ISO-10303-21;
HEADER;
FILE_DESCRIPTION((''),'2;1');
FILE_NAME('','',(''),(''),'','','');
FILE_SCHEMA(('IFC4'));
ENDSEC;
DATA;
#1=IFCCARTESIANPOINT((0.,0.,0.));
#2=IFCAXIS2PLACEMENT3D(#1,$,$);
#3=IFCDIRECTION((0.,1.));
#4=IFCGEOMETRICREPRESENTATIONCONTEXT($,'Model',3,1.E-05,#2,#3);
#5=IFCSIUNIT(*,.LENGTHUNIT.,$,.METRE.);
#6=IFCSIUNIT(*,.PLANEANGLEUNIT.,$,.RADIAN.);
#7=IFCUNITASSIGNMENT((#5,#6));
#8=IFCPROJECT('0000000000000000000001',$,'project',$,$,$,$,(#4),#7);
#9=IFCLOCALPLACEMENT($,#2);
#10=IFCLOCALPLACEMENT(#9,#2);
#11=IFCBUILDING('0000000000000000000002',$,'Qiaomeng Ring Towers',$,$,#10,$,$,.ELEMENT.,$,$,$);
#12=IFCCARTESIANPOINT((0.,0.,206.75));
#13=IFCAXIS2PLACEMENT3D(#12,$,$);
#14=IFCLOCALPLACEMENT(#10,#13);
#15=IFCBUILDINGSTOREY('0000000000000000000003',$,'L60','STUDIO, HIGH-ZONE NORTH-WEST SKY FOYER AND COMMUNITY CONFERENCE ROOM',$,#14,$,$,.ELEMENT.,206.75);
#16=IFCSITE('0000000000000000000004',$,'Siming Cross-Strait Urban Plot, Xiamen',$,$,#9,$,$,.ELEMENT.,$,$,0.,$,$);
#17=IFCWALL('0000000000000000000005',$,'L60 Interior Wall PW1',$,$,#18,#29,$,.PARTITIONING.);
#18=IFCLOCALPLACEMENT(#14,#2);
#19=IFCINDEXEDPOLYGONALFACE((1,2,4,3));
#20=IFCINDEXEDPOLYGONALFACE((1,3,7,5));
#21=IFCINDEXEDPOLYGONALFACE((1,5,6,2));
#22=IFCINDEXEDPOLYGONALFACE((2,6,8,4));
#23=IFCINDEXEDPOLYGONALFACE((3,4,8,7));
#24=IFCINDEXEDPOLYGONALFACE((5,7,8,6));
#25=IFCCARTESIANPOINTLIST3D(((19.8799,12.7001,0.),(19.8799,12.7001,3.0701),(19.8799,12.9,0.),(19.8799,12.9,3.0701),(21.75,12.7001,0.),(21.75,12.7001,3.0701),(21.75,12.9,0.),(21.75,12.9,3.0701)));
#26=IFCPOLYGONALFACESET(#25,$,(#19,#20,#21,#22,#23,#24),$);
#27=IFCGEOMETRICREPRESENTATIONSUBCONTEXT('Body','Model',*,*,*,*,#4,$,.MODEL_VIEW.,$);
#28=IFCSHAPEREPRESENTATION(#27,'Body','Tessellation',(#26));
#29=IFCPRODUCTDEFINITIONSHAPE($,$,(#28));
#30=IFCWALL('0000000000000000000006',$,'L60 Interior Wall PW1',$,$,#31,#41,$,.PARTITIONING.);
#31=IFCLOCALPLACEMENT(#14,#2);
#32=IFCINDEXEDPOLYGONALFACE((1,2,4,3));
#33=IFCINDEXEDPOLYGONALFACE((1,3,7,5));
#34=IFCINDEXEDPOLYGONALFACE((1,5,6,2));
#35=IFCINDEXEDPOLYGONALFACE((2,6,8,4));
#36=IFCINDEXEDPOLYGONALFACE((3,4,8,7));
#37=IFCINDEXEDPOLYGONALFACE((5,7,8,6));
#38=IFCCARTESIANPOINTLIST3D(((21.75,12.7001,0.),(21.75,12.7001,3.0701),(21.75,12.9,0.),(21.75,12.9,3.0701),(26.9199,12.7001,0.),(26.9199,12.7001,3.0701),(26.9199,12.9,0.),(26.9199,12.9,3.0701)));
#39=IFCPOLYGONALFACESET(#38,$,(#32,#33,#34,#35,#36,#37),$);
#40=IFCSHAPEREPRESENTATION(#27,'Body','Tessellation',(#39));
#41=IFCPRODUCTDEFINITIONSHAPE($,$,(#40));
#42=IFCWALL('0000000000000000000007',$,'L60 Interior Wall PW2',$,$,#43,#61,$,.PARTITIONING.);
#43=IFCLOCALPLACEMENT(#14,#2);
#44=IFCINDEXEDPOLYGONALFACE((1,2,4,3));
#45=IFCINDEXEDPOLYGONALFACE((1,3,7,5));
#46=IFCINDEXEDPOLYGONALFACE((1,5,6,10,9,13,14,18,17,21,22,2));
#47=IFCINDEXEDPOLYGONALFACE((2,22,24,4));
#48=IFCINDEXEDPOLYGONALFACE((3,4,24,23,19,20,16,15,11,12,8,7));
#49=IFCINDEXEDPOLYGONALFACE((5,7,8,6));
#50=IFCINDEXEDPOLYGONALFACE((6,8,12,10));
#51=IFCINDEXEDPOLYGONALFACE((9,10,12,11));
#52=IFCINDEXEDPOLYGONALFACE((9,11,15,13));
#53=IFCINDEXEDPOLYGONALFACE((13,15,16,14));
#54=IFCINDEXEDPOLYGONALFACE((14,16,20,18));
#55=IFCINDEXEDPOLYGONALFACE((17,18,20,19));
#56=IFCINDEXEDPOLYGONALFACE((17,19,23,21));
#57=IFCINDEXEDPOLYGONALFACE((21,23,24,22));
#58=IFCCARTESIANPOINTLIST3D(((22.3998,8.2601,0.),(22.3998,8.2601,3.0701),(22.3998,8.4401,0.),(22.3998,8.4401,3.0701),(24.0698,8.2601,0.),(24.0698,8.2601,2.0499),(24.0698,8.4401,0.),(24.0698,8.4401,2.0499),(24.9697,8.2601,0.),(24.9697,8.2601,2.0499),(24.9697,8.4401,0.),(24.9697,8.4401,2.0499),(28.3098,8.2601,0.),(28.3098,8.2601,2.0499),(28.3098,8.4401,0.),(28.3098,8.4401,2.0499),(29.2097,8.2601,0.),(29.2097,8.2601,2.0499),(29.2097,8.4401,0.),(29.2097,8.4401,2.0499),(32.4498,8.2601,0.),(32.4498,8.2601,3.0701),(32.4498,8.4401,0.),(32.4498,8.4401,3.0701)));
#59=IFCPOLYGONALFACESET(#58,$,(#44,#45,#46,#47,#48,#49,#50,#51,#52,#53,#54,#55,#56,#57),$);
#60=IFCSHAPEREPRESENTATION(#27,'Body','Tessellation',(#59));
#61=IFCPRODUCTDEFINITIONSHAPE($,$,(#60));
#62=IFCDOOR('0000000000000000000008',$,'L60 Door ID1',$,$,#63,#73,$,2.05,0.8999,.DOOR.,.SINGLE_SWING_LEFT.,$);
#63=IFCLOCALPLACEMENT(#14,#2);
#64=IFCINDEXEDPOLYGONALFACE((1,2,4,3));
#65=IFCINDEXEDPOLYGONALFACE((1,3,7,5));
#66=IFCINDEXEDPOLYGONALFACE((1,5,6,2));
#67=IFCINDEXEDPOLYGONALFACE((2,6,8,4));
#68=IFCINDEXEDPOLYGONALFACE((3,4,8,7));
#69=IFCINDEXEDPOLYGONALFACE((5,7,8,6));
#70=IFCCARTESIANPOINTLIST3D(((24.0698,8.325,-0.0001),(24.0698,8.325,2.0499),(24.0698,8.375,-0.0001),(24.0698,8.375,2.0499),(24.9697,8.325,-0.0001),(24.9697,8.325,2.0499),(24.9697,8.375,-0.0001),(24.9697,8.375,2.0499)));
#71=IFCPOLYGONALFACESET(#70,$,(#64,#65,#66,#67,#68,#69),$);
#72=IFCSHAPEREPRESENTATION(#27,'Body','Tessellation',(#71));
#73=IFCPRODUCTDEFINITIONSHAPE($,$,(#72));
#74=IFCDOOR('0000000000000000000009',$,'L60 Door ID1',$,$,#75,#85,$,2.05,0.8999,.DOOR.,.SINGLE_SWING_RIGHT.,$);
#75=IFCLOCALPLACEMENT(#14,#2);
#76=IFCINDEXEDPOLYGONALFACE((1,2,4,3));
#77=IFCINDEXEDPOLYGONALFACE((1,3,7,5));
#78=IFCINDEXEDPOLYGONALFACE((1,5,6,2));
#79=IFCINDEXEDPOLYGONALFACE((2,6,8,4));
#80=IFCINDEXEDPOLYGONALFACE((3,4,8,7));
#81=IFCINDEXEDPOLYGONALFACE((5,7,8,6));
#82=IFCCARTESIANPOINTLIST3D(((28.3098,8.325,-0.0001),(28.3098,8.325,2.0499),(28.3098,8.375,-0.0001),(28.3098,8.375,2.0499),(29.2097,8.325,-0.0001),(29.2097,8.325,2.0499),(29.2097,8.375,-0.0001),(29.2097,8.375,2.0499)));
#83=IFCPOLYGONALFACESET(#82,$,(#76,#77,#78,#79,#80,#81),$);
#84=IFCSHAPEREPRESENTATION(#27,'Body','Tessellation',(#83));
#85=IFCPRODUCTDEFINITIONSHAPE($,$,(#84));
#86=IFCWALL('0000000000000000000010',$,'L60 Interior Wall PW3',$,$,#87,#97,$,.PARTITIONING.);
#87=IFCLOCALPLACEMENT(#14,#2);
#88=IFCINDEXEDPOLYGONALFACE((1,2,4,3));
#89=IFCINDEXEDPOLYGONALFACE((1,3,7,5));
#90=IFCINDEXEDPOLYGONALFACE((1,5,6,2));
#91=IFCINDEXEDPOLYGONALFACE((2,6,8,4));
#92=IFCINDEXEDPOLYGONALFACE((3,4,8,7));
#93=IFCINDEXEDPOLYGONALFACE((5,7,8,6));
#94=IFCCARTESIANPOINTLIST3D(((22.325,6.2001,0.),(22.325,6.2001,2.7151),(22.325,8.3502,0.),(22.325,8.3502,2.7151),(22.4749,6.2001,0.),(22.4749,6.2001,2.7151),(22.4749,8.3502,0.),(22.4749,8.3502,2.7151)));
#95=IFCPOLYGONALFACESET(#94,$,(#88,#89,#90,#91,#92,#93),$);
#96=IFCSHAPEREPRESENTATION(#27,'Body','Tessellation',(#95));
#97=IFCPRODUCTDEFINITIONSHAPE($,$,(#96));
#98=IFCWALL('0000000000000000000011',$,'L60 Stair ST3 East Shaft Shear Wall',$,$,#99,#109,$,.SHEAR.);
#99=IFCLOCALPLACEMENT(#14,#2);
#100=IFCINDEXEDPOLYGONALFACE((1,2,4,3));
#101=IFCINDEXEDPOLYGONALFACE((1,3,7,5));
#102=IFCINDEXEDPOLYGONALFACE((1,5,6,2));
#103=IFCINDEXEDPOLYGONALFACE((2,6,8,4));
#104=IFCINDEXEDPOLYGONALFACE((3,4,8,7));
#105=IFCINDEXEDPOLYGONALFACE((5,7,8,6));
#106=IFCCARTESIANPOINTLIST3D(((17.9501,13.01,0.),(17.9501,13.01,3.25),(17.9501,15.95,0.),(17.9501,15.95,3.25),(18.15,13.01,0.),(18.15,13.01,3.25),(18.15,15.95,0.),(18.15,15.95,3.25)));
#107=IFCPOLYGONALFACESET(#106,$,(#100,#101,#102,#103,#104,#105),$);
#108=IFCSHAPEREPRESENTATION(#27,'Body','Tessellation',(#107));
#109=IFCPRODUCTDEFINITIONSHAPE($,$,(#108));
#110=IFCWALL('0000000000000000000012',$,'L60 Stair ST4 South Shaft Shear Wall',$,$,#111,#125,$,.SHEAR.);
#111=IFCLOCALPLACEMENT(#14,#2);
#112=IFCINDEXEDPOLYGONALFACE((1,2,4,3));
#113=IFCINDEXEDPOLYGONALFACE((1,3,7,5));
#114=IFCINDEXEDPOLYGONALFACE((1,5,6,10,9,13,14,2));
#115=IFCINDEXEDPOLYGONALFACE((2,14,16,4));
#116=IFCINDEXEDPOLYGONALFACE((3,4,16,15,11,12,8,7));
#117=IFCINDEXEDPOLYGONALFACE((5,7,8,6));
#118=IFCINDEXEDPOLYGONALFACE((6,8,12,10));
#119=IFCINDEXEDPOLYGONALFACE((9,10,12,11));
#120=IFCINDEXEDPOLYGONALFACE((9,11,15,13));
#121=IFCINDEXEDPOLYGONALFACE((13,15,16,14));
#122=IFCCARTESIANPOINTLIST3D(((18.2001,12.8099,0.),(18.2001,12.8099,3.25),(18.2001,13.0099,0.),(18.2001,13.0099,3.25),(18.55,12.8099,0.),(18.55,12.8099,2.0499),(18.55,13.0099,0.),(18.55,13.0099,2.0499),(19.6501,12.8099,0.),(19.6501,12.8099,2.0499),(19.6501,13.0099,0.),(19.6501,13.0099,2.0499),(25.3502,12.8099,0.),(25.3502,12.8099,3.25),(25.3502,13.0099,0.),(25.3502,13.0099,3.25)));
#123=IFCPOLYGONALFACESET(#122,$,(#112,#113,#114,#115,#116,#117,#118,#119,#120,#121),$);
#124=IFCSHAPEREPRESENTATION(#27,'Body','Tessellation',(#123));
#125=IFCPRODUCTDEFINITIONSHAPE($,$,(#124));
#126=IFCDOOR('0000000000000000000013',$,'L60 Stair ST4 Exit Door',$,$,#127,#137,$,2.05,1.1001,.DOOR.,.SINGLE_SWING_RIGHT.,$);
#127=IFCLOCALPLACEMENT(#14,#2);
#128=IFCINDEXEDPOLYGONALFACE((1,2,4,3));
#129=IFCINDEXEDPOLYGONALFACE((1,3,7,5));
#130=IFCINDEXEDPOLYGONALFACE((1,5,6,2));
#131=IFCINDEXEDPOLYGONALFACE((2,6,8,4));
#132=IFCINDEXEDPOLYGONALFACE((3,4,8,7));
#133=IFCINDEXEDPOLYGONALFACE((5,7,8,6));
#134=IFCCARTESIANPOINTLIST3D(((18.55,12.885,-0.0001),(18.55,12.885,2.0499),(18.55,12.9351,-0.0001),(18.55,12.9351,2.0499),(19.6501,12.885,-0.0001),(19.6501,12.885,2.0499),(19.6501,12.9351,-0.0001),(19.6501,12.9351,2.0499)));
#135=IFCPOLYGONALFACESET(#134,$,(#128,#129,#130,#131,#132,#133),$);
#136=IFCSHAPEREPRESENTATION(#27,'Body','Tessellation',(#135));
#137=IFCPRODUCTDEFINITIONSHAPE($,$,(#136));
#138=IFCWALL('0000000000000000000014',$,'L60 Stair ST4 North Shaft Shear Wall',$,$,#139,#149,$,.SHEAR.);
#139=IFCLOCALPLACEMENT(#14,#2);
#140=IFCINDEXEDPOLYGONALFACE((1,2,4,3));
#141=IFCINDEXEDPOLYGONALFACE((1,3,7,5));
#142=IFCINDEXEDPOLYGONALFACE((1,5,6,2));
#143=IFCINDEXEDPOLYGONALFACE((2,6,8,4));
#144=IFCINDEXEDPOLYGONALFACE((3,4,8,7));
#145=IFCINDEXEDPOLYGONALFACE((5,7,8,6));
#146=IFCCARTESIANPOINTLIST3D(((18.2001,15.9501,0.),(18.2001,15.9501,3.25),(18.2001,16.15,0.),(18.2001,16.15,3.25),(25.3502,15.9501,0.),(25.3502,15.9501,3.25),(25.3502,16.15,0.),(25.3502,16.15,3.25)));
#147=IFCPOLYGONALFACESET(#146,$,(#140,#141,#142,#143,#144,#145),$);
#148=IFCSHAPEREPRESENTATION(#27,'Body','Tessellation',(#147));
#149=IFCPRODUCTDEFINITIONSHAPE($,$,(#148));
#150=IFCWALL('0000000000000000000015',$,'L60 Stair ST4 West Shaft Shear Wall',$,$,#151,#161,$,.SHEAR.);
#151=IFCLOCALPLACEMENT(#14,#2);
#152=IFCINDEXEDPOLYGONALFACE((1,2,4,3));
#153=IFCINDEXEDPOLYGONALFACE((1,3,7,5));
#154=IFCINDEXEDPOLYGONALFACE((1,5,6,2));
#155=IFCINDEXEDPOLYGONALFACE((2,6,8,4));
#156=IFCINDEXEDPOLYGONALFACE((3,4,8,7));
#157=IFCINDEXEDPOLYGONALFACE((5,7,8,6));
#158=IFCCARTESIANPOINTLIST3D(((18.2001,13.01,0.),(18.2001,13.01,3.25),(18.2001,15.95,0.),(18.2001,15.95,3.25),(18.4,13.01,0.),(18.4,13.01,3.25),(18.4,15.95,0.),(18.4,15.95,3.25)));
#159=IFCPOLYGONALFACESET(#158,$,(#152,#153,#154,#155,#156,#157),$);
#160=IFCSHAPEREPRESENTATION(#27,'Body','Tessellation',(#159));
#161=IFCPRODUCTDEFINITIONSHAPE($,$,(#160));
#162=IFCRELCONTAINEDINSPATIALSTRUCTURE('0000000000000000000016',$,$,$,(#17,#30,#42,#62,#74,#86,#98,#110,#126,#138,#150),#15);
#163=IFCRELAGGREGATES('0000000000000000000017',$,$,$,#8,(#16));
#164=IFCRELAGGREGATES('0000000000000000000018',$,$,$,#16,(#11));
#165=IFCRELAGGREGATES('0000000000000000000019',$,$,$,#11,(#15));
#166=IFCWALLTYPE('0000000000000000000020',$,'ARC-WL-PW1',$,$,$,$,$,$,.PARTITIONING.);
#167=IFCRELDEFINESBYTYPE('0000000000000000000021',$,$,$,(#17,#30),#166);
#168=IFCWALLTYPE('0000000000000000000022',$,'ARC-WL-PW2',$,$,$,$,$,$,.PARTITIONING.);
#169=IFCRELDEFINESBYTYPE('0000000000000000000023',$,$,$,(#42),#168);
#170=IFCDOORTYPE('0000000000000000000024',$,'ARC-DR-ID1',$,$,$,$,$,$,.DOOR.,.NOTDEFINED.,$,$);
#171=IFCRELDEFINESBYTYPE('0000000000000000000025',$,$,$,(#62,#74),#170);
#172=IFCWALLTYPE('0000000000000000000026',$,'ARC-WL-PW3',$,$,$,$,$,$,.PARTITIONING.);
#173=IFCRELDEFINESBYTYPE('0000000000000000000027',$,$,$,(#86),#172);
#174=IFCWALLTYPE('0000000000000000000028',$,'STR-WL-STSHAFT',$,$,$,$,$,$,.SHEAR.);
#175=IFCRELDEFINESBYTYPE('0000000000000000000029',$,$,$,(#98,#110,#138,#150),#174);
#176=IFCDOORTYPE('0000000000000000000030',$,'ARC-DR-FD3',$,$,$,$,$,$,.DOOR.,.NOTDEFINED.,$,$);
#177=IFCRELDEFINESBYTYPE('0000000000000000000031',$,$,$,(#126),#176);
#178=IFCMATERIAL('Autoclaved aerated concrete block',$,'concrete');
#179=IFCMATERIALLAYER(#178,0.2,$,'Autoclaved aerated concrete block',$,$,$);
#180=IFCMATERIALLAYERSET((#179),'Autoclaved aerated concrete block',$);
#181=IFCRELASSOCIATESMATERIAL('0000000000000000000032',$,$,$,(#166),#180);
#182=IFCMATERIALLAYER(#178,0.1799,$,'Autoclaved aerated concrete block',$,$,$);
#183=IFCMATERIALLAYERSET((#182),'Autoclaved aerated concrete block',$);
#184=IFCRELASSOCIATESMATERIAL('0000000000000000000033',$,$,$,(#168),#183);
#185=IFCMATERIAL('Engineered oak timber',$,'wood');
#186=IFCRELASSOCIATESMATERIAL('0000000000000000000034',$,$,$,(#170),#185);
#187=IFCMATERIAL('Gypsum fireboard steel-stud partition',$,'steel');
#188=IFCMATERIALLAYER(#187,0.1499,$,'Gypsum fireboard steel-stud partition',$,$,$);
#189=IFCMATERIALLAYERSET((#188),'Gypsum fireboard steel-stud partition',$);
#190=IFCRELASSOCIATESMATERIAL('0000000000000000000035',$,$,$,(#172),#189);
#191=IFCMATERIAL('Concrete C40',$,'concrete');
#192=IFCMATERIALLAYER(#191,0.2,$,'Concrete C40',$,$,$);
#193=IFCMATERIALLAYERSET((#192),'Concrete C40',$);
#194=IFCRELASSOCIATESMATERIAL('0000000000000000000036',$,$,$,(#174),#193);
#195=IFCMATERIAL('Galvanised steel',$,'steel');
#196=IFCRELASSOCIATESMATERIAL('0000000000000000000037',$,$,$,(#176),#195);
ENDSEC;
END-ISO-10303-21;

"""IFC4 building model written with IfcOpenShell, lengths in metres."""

from ifc_helpers import new_model, si_unit, direction, frame, frame_2d, origin, place, context, subcontext, project, spatial, rectangle, extrude, source, transform, mapped, material, layer, layer_set, type_object, element, fill, save


model = new_model("IFC4")

# Units and contexts
model_context = context("Model", 3, precision=1e-05, world=origin(), true_north=direction((0.0, 1.0)))
body_context = subcontext(model_context, "Body", "Model", "MODEL_VIEW")
ifc_project = project(units=[si_unit("LENGTHUNIT", "METRE"), si_unit("PLANEANGLEUNIT", "RADIAN")], contexts=[model_context])

# Site, building, storey
site_placement = place(None, origin())
site = spatial("IfcSite", under=ifc_project, at=site_placement, Name="Siming Cross-Strait Urban Plot, Xiamen", CompositionType="ELEMENT", RefElevation=0.0)
building_placement = place(site_placement, origin())
building = spatial("IfcBuilding", under=site, at=building_placement, Name="Qiaomeng Ring Towers", CompositionType="ELEMENT")
storey_placement = place(building_placement, frame((0.0, 0.0, 206.75)))
storey = spatial("IfcBuildingStorey", under=building, at=storey_placement, Name="L60", Description="STUDIO, HIGH-ZONE NORTH-WEST SKY FOYER AND COMMUNITY CONFERENCE ROOM", CompositionType="ELEMENT", Elevation=206.75)

# Walls
ifc_material_1 = material(Name="Autoclaved aerated concrete block", Category="concrete")
ifc_layer_1 = layer(ifc_material_1, 0.2, Name="Autoclaved aerated concrete block")
ifc_layer_set_1 = layer_set([ifc_layer_1], Name="Autoclaved aerated concrete block")
wall_type_1 = type_object("IfcWallType", Name="ARC-WL-PW1", PredefinedType="PARTITIONING", material=ifc_layer_set_1)
wall_1_placement = place(storey_placement, frame((19.8799, 12.8, 0.0), z_axis=(0.0, 0.0, 1.0), x_axis=(1.0, 0.0, 0.0)))
element("IfcWall", 1, at=wall_1_placement, inside=storey, type_object=wall_type_1, Name="L60 Interior Wall PW1", PredefinedType="PARTITIONING", context=body_context, shape_type="SweptSolid", body=[
    extrude(rectangle(XDim=1.8701, YDim=0.2, at=frame_2d((0.9351, 0.0))), origin(), (0.0, 0.0, 1.0), 3.0701),
])
wall_2_placement = place(storey_placement, frame((21.75, 12.8, 0.0), z_axis=(0.0, 0.0, 1.0), x_axis=(1.0, 0.0, 0.0)))
element("IfcWall", 2, at=wall_2_placement, inside=storey, type_object=wall_type_1, Name="L60 Interior Wall PW1", PredefinedType="PARTITIONING", context=body_context, shape_type="SweptSolid", body=[
    extrude(rectangle(XDim=5.1699, YDim=0.2, at=frame_2d((2.585, 0.0))), origin(), (0.0, 0.0, 1.0), 3.0701),
])

# Wall, openings, doors
ifc_layer_2 = layer(ifc_material_1, 0.1799, Name="Autoclaved aerated concrete block")
ifc_layer_set_2 = layer_set([ifc_layer_2], Name="Autoclaved aerated concrete block")
wall_type_2 = type_object("IfcWallType", Name="ARC-WL-PW2", PredefinedType="PARTITIONING", material=ifc_layer_set_2)
wall_3_placement = place(storey_placement, frame((22.3999, 8.3501, 0.0), z_axis=(0.0, 0.0, 1.0), x_axis=(1.0, 0.0, 0.0)))
wall_3 = element("IfcWall", 3, at=wall_3_placement, inside=storey, type_object=wall_type_2, Name="L60 Interior Wall PW2", PredefinedType="PARTITIONING", context=body_context, shape_type="SweptSolid", body=[
    extrude(rectangle(XDim=10.05, YDim=0.1799, at=frame_2d((5.0249, 0.0))), origin(), (0.0, 0.0, 1.0), 3.0701),
])
opening_1_placement = place(wall_3_placement, frame((1.6699, 0.0, 0.0)))
opening_1 = element("IfcOpeningElement", 4, at=opening_1_placement, cuts=wall_3, PredefinedType="OPENING", context=body_context, shape_type="SweptSolid", body=[
    extrude(rectangle(XDim=0.8999, YDim=2.05, at=frame_2d((0.45, 1.0249))), frame((0.0, 0.0999, 0.0), z_axis=(0.0, -1.0, 0.0), x_axis=(1.0, 0.0, 0.0)), (0.0, 0.0, 1.0), 0.2),
])
opening_2_placement = place(wall_3_placement, frame((5.9099, 0.0, 0.0)))
opening_2 = element("IfcOpeningElement", 5, at=opening_2_placement, cuts=wall_3, PredefinedType="OPENING", context=body_context, shape_type="SweptSolid", body=[
    extrude(rectangle(XDim=0.8999, YDim=2.05, at=frame_2d((0.45, 1.0249))), frame((0.0, 0.0999, 0.0), z_axis=(0.0, -1.0, 0.0), x_axis=(1.0, 0.0, 0.0)), (0.0, 0.0, 1.0), 0.2),
])
ifc_material_2 = material(Name="Engineered oak timber", Category="wood")
door_type_1 = type_object("IfcDoorType", Name="ARC-DR-ID1", OperationType="NOTDEFINED", PredefinedType="DOOR", material=ifc_material_2)
shared_shape_1 = source(origin(), body_context, "Body", "SweptSolid", [
    extrude(rectangle(XDim=0.8999, YDim=2.05, at=frame_2d((0.45, 1.0249))), frame((0.0, 0.0249, 0.0), z_axis=(0.0, -1.0, 0.0), x_axis=(1.0, 0.0, 0.0)), (0.0, 0.0, 1.0), 0.05),
])
door_1_placement = place(opening_1_placement, origin())
door_1 = element("IfcDoor", 6, at=door_1_placement, inside=storey, type_object=door_type_1, Name="L60 Door ID1", OperationType="SINGLE_SWING_LEFT", OverallHeight=2.05, OverallWidth=0.8999, PredefinedType="DOOR", context=body_context, shape_type="MappedRepresentation", body=[
    mapped(shared_shape_1, transform((0.0, 0.0, 0.0), x_axis=(1.0, 0.0, 0.0), y_axis=(0.0, 1.0, 0.0), z_axis=(0.0, 0.0, 1.0), scale=1.0)),
])
fill(opening_1, door_1)
door_2_placement = place(opening_2_placement, origin())
door_2 = element("IfcDoor", 7, at=door_2_placement, inside=storey, type_object=door_type_1, Name="L60 Door ID1", OperationType="SINGLE_SWING_RIGHT", OverallHeight=2.05, OverallWidth=0.8999, PredefinedType="DOOR", context=body_context, shape_type="MappedRepresentation", body=[
    mapped(shared_shape_1, transform((0.0, 0.0, 0.0), x_axis=(1.0, 0.0, 0.0), y_axis=(0.0, 1.0, 0.0), z_axis=(0.0, 0.0, 1.0), scale=1.0)),
])
fill(opening_2, door_2)

# Walls
ifc_material_3 = material(Name="Gypsum fireboard steel-stud partition", Category="steel")
ifc_layer_3 = layer(ifc_material_3, 0.1499, Name="Gypsum fireboard steel-stud partition")
ifc_layer_set_3 = layer_set([ifc_layer_3], Name="Gypsum fireboard steel-stud partition")
wall_type_3 = type_object("IfcWallType", Name="ARC-WL-PW3", PredefinedType="PARTITIONING", material=ifc_layer_set_3)
wall_4_placement = place(storey_placement, frame((22.3999, 6.2, 0.0), z_axis=(0.0, 0.0, 1.0), x_axis=(0.0, 1.0, 0.0)))
element("IfcWall", 8, at=wall_4_placement, inside=storey, type_object=wall_type_3, Name="L60 Interior Wall PW3", PredefinedType="PARTITIONING", context=body_context, shape_type="SweptSolid", body=[
    extrude(rectangle(XDim=2.1501, YDim=0.1499, at=frame_2d((1.0752, 0.0))), origin(), (0.0, 0.0, 1.0), 2.7151),
])
ifc_material_4 = material(Name="Concrete C40", Category="concrete")
ifc_layer_4 = layer(ifc_material_4, 0.2, Name="Concrete C40")
ifc_layer_set_4 = layer_set([ifc_layer_4], Name="Concrete C40")
wall_type_4 = type_object("IfcWallType", Name="STR-WL-STSHAFT", PredefinedType="SHEAR", material=ifc_layer_set_4)
wall_5_placement = place(storey_placement, frame((18.05, 13.01, 0.0), z_axis=(0.0, 0.0, 1.0), x_axis=(0.0, 1.0, 0.0)))
element("IfcWall", 9, at=wall_5_placement, inside=storey, type_object=wall_type_4, Name="L60 Stair ST3 East Shaft Shear Wall", PredefinedType="SHEAR", context=body_context, shape_type="SweptSolid", body=[
    extrude(rectangle(XDim=2.9399, YDim=0.2, at=frame_2d((1.47, 0.0))), origin(), (0.0, 0.0, 1.0), 3.25),
])

# Wall, opening, door
wall_6_placement = place(storey_placement, frame((18.2, 12.9099, 0.0), z_axis=(0.0, 0.0, 1.0), x_axis=(1.0, 0.0, 0.0)))
wall_6 = element("IfcWall", 10, at=wall_6_placement, inside=storey, type_object=wall_type_4, Name="L60 Stair ST4 South Shaft Shear Wall", PredefinedType="SHEAR", context=body_context, shape_type="SweptSolid", body=[
    extrude(rectangle(XDim=7.1501, YDim=0.2, at=frame_2d((3.5752, 0.0))), origin(), (0.0, 0.0, 1.0), 3.25),
])
opening_3_placement = place(wall_6_placement, frame((0.3501, 0.0, 0.0)))
opening_3 = element("IfcOpeningElement", 11, at=opening_3_placement, cuts=wall_6, PredefinedType="OPENING", context=body_context, shape_type="SweptSolid", body=[
    extrude(rectangle(XDim=1.1001, YDim=2.05, at=frame_2d((0.55, 1.0249))), frame((0.0, 0.1099, 0.0), z_axis=(0.0, -1.0, 0.0), x_axis=(1.0, 0.0, 0.0)), (0.0, 0.0, 1.0), 0.22),
])
ifc_material_5 = material(Name="Galvanised steel", Category="steel")
door_type_2 = type_object("IfcDoorType", Name="ARC-DR-FD3", OperationType="NOTDEFINED", PredefinedType="DOOR", material=ifc_material_5)
shared_shape_2 = source(origin(), body_context, "Body", "SweptSolid", [
    extrude(rectangle(XDim=1.1001, YDim=2.05, at=frame_2d((0.55, 1.0249))), frame((0.0, 0.0249, 0.0), z_axis=(0.0, -1.0, 0.0), x_axis=(1.0, 0.0, 0.0)), (0.0, 0.0, 1.0), 0.05),
])
door_3_placement = place(opening_3_placement, frame((1.1001, 0.0, 0.0), z_axis=(0.0, 0.0, 1.0), x_axis=(-1.0, 0.0, 0.0)))
door_3 = element("IfcDoor", 12, at=door_3_placement, inside=storey, type_object=door_type_2, Name="L60 Stair ST4 Exit Door", OperationType="SINGLE_SWING_RIGHT", OverallHeight=2.05, OverallWidth=1.1001, PredefinedType="DOOR", context=body_context, shape_type="MappedRepresentation", body=[
    mapped(shared_shape_2, transform((0.0, 0.0, 0.0), x_axis=(1.0, 0.0, 0.0), y_axis=(0.0, 1.0, 0.0), z_axis=(0.0, 0.0, 1.0), scale=1.0)),
])
fill(opening_3, door_3)

# Walls
wall_7_placement = place(storey_placement, frame((18.2, 16.05, 0.0), z_axis=(0.0, 0.0, 1.0), x_axis=(1.0, 0.0, 0.0)))
element("IfcWall", 13, at=wall_7_placement, inside=storey, type_object=wall_type_4, Name="L60 Stair ST4 North Shaft Shear Wall", PredefinedType="SHEAR", context=body_context, shape_type="SweptSolid", body=[
    extrude(rectangle(XDim=7.1501, YDim=0.2, at=frame_2d((3.5752, 0.0))), origin(), (0.0, 0.0, 1.0), 3.25),
])
wall_8_placement = place(storey_placement, frame((18.3, 13.01, 0.0), z_axis=(0.0, 0.0, 1.0), x_axis=(0.0, 1.0, 0.0)))
element("IfcWall", 14, at=wall_8_placement, inside=storey, type_object=wall_type_4, Name="L60 Stair ST4 West Shaft Shear Wall", PredefinedType="SHEAR", context=body_context, shape_type="SweptSolid", body=[
    extrude(rectangle(XDim=2.9399, YDim=0.2, at=frame_2d((1.47, 0.0))), origin(), (0.0, 0.0, 1.0), 3.25),
])

save(model, "model.ifc")
